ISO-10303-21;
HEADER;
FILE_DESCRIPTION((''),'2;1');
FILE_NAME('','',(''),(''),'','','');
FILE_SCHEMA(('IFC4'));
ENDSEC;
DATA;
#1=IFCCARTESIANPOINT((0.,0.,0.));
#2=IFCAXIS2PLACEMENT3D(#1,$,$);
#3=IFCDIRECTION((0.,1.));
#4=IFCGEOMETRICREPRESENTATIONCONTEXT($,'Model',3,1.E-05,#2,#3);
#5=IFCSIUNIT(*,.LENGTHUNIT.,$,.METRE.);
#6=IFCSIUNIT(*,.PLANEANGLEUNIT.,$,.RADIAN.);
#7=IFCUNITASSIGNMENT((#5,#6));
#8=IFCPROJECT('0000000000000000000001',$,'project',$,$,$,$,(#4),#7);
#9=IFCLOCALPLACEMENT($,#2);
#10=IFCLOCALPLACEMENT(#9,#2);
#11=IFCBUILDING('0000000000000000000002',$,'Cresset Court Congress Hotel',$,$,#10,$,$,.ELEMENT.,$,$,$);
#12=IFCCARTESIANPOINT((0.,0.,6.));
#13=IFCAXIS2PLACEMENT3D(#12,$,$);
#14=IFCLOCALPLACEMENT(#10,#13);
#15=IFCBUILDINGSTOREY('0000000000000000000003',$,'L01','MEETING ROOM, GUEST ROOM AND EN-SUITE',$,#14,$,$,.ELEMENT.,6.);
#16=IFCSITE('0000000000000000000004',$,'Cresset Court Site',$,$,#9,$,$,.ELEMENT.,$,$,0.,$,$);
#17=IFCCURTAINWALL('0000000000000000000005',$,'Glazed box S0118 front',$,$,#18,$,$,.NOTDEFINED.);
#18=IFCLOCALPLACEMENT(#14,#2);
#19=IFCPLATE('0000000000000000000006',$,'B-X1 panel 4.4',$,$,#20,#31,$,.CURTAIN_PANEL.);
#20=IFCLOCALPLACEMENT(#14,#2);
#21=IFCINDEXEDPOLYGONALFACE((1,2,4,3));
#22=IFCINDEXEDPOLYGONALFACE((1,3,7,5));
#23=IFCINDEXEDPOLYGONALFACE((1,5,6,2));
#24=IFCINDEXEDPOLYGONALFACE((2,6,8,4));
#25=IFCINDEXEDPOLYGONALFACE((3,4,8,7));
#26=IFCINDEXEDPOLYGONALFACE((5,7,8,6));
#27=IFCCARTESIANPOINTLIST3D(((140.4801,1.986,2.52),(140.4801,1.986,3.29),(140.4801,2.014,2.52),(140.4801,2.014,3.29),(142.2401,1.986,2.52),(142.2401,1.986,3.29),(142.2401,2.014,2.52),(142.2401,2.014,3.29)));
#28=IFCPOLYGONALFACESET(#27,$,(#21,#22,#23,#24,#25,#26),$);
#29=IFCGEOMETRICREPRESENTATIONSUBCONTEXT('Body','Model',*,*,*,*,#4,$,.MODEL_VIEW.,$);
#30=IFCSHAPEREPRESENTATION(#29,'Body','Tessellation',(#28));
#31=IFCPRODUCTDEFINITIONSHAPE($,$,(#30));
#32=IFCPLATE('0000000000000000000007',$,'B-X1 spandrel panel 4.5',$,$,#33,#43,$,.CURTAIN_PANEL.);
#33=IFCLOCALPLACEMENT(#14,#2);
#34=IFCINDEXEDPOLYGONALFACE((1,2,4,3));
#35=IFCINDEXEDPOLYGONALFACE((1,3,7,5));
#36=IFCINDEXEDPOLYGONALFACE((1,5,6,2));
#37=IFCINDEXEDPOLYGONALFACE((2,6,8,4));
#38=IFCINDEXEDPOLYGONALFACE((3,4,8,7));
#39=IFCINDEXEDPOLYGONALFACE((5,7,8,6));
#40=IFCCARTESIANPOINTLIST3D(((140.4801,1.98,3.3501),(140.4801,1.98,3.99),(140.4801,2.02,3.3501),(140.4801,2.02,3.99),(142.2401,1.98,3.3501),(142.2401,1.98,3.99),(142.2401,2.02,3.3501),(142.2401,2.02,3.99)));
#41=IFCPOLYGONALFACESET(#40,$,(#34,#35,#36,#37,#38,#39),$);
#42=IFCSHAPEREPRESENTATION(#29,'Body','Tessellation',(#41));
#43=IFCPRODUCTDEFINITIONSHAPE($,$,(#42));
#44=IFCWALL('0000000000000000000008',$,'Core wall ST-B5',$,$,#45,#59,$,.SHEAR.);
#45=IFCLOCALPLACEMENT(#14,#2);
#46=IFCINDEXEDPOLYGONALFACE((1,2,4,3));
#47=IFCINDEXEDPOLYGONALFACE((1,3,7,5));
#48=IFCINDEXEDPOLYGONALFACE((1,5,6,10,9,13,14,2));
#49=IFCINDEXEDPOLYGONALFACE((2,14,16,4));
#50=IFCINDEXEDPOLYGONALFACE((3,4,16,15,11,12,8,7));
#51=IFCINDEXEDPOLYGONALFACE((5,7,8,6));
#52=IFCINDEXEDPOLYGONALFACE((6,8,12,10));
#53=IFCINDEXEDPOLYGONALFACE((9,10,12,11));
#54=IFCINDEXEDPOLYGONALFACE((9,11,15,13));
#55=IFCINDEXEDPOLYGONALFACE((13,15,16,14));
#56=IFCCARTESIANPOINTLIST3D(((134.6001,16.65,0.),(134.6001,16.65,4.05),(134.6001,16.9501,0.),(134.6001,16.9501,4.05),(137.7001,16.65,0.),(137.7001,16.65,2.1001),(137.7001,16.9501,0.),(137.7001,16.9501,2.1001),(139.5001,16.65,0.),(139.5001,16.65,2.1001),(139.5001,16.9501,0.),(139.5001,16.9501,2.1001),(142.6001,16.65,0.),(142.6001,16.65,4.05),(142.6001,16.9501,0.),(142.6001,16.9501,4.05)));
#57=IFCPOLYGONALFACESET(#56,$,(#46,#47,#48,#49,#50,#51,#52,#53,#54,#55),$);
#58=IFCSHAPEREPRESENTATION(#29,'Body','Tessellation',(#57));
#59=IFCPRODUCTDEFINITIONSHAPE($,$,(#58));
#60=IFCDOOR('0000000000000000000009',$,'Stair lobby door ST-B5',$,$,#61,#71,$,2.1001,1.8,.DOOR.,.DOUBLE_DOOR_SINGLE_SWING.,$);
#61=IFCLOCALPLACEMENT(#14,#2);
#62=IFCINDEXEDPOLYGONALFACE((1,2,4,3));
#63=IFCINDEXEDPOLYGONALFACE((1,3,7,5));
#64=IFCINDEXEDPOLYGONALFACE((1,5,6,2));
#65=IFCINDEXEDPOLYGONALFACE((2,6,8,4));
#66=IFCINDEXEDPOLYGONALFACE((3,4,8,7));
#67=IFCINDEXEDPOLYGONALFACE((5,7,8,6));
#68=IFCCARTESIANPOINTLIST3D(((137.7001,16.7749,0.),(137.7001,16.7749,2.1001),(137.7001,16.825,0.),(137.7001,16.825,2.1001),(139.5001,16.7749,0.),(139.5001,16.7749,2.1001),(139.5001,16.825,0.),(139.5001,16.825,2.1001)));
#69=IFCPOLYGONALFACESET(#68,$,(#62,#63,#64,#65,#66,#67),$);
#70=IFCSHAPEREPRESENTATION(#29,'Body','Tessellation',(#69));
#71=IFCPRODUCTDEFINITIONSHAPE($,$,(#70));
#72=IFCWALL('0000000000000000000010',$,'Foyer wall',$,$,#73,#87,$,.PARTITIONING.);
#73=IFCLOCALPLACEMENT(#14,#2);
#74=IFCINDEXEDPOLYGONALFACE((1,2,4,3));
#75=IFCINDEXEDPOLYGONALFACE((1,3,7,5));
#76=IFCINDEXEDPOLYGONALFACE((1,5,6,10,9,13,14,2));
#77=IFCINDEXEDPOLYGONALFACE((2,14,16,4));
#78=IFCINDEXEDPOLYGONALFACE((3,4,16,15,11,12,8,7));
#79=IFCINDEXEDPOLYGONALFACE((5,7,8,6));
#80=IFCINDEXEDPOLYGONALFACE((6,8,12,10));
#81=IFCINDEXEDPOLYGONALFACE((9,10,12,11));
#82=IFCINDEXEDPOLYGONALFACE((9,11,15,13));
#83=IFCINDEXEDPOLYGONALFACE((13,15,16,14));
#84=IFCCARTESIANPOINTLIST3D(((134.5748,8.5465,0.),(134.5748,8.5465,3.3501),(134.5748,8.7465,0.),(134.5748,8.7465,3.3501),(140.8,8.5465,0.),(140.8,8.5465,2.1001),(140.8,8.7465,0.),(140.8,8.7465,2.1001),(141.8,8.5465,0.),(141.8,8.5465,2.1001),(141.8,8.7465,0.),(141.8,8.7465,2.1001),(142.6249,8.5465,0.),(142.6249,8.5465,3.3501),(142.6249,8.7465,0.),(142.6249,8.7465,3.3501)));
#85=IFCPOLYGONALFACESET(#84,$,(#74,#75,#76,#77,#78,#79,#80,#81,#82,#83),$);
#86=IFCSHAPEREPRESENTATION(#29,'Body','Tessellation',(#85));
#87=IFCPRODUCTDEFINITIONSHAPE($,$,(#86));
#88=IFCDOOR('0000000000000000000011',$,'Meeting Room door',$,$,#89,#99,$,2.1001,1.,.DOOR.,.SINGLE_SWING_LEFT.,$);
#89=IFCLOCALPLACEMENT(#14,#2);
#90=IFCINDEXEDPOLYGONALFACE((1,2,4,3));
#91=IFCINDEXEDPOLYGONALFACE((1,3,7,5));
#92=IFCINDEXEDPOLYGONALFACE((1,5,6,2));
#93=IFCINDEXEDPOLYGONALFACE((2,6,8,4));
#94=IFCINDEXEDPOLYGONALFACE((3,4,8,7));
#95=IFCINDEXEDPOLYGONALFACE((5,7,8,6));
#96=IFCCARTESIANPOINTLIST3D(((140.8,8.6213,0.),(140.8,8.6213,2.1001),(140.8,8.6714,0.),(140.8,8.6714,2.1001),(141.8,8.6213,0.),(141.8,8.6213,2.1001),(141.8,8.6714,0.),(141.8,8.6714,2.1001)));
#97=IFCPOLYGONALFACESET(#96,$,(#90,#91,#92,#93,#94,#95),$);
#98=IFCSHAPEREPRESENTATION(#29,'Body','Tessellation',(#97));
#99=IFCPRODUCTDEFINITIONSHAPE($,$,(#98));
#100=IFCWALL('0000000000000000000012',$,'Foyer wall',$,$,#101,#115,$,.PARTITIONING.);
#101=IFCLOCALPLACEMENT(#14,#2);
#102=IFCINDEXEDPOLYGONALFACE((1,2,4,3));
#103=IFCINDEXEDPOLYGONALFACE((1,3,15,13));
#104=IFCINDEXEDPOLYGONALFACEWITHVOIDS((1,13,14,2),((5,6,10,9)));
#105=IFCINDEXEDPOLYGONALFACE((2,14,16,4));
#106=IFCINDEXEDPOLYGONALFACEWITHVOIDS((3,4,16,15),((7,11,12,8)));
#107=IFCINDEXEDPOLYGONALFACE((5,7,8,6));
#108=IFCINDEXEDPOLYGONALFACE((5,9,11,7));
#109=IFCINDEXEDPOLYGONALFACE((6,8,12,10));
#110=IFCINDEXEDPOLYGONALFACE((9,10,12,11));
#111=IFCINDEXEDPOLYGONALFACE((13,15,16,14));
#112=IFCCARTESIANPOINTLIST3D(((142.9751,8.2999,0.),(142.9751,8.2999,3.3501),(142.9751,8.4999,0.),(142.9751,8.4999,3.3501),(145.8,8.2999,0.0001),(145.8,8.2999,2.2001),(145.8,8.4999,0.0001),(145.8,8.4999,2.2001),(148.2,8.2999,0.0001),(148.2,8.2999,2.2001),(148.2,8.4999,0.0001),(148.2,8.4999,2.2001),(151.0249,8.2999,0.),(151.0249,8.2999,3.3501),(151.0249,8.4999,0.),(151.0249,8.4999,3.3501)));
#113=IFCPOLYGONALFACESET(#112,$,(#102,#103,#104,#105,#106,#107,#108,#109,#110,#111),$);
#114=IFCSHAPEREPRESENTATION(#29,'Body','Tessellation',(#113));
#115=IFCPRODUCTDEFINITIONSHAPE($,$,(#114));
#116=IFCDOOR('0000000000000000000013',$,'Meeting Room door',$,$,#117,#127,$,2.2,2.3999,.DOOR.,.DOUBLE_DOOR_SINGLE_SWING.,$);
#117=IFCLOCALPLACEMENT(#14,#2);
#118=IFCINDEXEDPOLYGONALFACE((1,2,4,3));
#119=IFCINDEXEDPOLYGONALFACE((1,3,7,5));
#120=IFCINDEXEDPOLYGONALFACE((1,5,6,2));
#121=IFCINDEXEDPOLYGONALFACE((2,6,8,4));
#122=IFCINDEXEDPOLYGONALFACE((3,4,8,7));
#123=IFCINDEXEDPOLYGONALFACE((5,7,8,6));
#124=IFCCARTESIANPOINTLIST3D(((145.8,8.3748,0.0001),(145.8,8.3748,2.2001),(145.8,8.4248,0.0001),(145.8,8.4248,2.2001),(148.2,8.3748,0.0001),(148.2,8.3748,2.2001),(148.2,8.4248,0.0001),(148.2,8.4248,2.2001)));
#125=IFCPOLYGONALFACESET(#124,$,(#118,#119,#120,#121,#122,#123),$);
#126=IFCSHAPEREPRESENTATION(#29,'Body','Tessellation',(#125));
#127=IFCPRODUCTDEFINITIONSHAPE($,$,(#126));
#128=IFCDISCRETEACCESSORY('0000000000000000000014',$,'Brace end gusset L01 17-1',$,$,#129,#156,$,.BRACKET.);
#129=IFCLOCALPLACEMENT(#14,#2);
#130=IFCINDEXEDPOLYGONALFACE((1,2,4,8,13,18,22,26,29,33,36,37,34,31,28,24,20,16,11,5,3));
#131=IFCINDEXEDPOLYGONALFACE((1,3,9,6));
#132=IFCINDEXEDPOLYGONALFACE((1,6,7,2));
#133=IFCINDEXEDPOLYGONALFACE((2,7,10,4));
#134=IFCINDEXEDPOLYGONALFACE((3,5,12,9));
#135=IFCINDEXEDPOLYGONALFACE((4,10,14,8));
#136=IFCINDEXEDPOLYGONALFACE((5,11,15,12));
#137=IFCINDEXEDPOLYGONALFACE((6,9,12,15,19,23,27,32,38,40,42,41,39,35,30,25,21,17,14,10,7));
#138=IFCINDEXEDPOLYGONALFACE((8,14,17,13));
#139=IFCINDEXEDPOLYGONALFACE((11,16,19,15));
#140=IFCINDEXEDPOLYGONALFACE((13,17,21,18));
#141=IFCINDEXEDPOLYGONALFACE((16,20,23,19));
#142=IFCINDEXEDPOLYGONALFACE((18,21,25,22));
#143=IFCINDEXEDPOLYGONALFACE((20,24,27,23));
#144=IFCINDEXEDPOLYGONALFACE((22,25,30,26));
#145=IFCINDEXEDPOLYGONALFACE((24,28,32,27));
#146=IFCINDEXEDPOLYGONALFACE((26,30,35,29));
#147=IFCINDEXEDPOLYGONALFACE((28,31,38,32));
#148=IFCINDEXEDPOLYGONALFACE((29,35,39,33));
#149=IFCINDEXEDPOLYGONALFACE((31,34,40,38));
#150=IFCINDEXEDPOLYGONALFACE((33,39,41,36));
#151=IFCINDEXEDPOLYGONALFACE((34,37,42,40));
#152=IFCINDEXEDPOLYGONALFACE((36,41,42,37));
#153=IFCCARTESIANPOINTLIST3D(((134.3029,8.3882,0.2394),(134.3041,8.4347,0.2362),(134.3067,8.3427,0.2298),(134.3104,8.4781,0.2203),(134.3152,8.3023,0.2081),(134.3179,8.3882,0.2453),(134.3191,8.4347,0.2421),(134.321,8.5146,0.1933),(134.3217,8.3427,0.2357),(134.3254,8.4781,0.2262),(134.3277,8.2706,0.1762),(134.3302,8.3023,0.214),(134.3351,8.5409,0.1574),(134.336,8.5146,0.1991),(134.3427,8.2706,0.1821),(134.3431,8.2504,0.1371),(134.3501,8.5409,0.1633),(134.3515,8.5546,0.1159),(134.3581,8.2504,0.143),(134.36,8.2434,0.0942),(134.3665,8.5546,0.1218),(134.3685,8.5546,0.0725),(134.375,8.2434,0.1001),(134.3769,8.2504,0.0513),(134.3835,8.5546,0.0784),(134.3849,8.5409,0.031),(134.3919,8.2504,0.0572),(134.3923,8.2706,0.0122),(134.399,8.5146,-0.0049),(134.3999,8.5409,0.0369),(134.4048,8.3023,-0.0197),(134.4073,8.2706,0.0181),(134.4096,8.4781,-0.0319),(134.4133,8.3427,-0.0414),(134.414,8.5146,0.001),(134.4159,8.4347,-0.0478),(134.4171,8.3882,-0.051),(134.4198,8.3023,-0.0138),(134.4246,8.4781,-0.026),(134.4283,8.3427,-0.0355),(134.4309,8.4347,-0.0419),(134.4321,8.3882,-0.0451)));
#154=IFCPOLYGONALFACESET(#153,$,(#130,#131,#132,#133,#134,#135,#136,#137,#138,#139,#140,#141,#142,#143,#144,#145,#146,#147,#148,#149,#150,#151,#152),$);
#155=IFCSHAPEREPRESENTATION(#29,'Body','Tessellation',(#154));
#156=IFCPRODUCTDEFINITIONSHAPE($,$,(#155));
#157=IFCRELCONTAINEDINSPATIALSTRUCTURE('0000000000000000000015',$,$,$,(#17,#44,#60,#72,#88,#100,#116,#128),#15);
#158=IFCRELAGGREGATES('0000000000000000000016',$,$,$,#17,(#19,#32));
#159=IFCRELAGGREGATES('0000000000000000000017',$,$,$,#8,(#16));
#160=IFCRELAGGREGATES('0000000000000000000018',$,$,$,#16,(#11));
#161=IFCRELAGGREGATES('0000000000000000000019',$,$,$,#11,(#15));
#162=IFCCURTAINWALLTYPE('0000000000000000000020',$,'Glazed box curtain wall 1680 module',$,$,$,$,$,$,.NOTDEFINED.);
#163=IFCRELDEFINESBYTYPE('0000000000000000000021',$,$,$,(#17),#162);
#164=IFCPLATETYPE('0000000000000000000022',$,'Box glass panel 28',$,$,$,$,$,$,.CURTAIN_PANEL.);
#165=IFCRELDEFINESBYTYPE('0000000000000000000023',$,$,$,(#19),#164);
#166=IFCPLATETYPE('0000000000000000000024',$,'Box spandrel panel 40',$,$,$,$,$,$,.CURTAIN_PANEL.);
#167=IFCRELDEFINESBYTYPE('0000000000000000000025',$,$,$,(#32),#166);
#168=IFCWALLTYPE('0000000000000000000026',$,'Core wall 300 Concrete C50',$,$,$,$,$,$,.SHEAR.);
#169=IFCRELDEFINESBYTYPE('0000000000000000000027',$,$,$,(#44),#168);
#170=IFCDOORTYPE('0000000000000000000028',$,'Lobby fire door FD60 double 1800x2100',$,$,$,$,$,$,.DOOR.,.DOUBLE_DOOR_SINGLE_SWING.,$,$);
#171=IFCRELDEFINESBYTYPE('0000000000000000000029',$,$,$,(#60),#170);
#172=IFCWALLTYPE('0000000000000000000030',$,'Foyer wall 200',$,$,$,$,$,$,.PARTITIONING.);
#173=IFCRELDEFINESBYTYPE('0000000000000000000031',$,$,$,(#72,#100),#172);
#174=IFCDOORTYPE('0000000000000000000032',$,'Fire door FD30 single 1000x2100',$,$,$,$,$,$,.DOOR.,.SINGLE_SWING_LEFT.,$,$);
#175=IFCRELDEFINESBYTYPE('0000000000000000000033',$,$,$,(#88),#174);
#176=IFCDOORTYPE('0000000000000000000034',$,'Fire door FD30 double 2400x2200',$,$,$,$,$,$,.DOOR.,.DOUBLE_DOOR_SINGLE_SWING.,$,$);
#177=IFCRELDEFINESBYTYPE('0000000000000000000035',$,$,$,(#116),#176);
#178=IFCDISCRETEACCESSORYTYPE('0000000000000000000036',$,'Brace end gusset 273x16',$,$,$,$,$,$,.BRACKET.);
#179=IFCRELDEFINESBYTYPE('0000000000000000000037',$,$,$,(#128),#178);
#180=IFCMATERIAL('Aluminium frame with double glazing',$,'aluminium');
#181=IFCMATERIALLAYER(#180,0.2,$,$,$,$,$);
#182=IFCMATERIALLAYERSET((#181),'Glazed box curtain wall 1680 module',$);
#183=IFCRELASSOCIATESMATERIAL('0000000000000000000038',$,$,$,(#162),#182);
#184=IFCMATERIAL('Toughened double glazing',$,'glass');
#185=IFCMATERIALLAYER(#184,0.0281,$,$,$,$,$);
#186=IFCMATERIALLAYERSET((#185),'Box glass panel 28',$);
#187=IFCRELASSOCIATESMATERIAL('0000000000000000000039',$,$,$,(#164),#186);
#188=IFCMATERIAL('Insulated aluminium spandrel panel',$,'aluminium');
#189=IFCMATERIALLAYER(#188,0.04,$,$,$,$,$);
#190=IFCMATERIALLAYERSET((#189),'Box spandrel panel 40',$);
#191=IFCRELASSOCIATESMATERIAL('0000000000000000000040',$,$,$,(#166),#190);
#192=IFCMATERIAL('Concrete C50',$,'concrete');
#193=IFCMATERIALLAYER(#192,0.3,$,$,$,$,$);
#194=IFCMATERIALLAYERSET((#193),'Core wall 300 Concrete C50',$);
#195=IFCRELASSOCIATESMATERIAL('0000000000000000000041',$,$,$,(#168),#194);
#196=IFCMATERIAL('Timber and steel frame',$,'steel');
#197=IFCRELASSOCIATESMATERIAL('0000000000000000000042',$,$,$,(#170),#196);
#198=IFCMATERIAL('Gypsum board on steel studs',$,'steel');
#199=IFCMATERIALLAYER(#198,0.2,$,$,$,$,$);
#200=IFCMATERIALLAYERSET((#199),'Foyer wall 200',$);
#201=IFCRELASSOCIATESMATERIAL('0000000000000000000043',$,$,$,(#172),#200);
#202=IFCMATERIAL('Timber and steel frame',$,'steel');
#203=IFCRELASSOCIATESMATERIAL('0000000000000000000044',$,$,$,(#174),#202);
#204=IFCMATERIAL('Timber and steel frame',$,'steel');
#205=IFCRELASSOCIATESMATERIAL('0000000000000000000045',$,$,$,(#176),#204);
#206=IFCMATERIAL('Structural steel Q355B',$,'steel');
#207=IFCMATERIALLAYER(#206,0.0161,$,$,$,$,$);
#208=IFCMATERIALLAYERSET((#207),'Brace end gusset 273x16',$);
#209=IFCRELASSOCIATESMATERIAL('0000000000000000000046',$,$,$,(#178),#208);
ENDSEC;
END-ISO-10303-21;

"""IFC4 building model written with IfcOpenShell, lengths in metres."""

from ifc_helpers import new_model, si_unit, direction, frame, frame_2d, origin, origin_2d, place, context, subcontext, project, spatial, rectangle, circle, extrude, material, layer, layer_set, type_object, element, fill, aggregate, save


model = new_model("IFC4")

# Units and contexts
model_context = context("Model", 3, precision=1e-05, world=origin(), true_north=direction((0.0, 1.0)))
body_context = subcontext(model_context, "Body", "Model", "MODEL_VIEW")
ifc_project = project(units=[si_unit("LENGTHUNIT", "METRE"), si_unit("PLANEANGLEUNIT", "RADIAN")], contexts=[model_context])

# Site, building, storey
site_placement = place(None, origin())
site = spatial("IfcSite", under=ifc_project, at=site_placement, Name="Cresset Court Site", CompositionType="ELEMENT", RefElevation=0.0)
building_placement = place(site_placement, origin())
building = spatial("IfcBuilding", under=site, at=building_placement, Name="Cresset Court Congress Hotel", CompositionType="ELEMENT")
storey_placement = place(building_placement, frame((0.0, 0.0, 6.0)))
storey = spatial("IfcBuildingStorey", under=building, at=storey_placement, Name="L01", Description="MEETING ROOM, GUEST ROOM AND EN-SUITE", CompositionType="ELEMENT", Elevation=6.0)

# Curtain wall
ifc_material_1 = material(Name="Aluminium frame with double glazing", Category="aluminium")
ifc_layer_1 = layer(ifc_material_1, 0.2)
ifc_layer_set_1 = layer_set([ifc_layer_1], Name="Glazed box curtain wall 1680 module")
curtain_wall_type = type_object("IfcCurtainWallType", Name="Glazed box curtain wall 1680 module", PredefinedType="NOTDEFINED", material=ifc_layer_set_1)
curtain_wall_placement = place(storey_placement, origin())
curtain_wall = element("IfcCurtainWall", 1, at=curtain_wall_placement, inside=storey, type_object=curtain_wall_type, Name="Glazed box S0118 front", PredefinedType="NOTDEFINED")

# Plates
ifc_material_2 = material(Name="Toughened double glazing", Category="glass")
ifc_layer_2 = layer(ifc_material_2, 0.0281)
ifc_layer_set_2 = layer_set([ifc_layer_2], Name="Box glass panel 28")
plate_type_1 = type_object("IfcPlateType", Name="Box glass panel 28", PredefinedType="CURTAIN_PANEL", material=ifc_layer_set_2)
plate_1_placement = place(storey_placement, frame((141.3601, 2.0, 2.52), z_axis=(0.0, 0.0, 1.0), x_axis=(1.0, 0.0, 0.0)))
plate_1 = element("IfcPlate", 2, at=plate_1_placement, type_object=plate_type_1, Name="B-X1 panel 4.4", PredefinedType="CURTAIN_PANEL", context=body_context, shape_type="SweptSolid", body=[
    extrude(rectangle(XDim=1.76, YDim=0.0281, at=origin_2d()), origin(), (0.0, 0.0, 1.0), 0.77),
])
ifc_material_3 = material(Name="Insulated aluminium spandrel panel", Category="aluminium")
ifc_layer_3 = layer(ifc_material_3, 0.04)
ifc_layer_set_3 = layer_set([ifc_layer_3], Name="Box spandrel panel 40")
plate_type_2 = type_object("IfcPlateType", Name="Box spandrel panel 40", PredefinedType="CURTAIN_PANEL", material=ifc_layer_set_3)
plate_2_placement = place(storey_placement, frame((141.3601, 2.0, 3.3501), z_axis=(0.0, 0.0, 1.0), x_axis=(1.0, 0.0, 0.0)))
plate_2 = element("IfcPlate", 3, at=plate_2_placement, type_object=plate_type_2, Name="B-X1 spandrel panel 4.5", PredefinedType="CURTAIN_PANEL", context=body_context, shape_type="SweptSolid", body=[
    extrude(rectangle(XDim=1.76, YDim=0.04, at=origin_2d()), origin(), (0.0, 0.0, 1.0), 0.6399),
])
aggregate(curtain_wall, [plate_1, plate_2])

# Walls, openings, doors
ifc_material_4 = material(Name="Concrete C50", Category="concrete")
ifc_layer_4 = layer(ifc_material_4, 0.3)
ifc_layer_set_4 = layer_set([ifc_layer_4], Name="Core wall 300 Concrete C50")
wall_type_1 = type_object("IfcWallType", Name="Core wall 300 Concrete C50", PredefinedType="SHEAR", material=ifc_layer_set_4)
wall_1_placement = place(storey_placement, frame((134.6001, 16.8, 0.0), z_axis=(0.0, 0.0, 1.0), x_axis=(1.0, 0.0, 0.0)))
wall_1 = element("IfcWall", 4, at=wall_1_placement, inside=storey, type_object=wall_type_1, Name="Core wall ST-B5", PredefinedType="SHEAR", context=body_context, shape_type="SweptSolid", body=[
    extrude(rectangle(XDim=8.0, YDim=0.3, at=frame_2d((4.0, 0.0))), origin(), (0.0, 0.0, 1.0), 4.05),
])
opening_1_placement = place(wall_1_placement, frame((3.1001, 0.0, 0.0)))
opening_1 = element("IfcOpeningElement", 5, at=opening_1_placement, cuts=wall_1, PredefinedType="OPENING", context=body_context, shape_type="SweptSolid", body=[
    extrude(rectangle(XDim=1.8, YDim=2.1001, at=frame_2d((0.8999, 1.05))), frame((0.0, 0.1599, 0.0), z_axis=(0.0, -1.0, 0.0), x_axis=(1.0, 0.0, 0.0)), (0.0, 0.0, 1.0), 0.3201),
])
ifc_material_5 = material(Name="Timber and steel frame", Category="steel")
door_type_1 = type_object("IfcDoorType", Name="Lobby fire door FD60 double 1800x2100", OperationType="DOUBLE_DOOR_SINGLE_SWING", PredefinedType="DOOR", material=ifc_material_5)
door_1_placement = place(opening_1_placement, origin())
door_1 = element("IfcDoor", 6, at=door_1_placement, inside=storey, type_object=door_type_1, Name="Stair lobby door ST-B5", OperationType="DOUBLE_DOOR_SINGLE_SWING", OverallHeight=2.1001, OverallWidth=1.8, PredefinedType="DOOR", context=body_context, shape_type="SweptSolid", body=[
    extrude(rectangle(XDim=1.8, YDim=2.1001, at=frame_2d((0.8999, 1.05))), frame((0.0, 0.0249, 0.0), z_axis=(0.0, -1.0, 0.0), x_axis=(1.0, 0.0, 0.0)), (0.0, 0.0, 1.0), 0.05),
])
fill(opening_1, door_1)
ifc_material_6 = material(Name="Gypsum board on steel studs", Category="steel")
ifc_layer_5 = layer(ifc_material_6, 0.2)
ifc_layer_set_5 = layer_set([ifc_layer_5], Name="Foyer wall 200")
wall_type_2 = type_object("IfcWallType", Name="Foyer wall 200", PredefinedType="PARTITIONING", material=ifc_layer_set_5)
wall_2_placement = place(storey_placement, frame((134.575, 8.6465, 0.0), z_axis=(0.0, 0.0, 1.0), x_axis=(1.0, 0.0, 0.0)))
wall_2 = element("IfcWall", 7, at=wall_2_placement, inside=storey, type_object=wall_type_2, Name="Foyer wall", PredefinedType="PARTITIONING", context=body_context, shape_type="SweptSolid", body=[
    extrude(rectangle(XDim=8.05, YDim=0.2, at=frame_2d((4.0249, 0.0))), origin(), (0.0, 0.0, 1.0), 3.3501),
])
opening_2_placement = place(wall_2_placement, frame((6.2251, 0.0, 0.0)))
opening_2 = element("IfcOpeningElement", 8, at=opening_2_placement, cuts=wall_2, PredefinedType="OPENING", context=body_context, shape_type="SweptSolid", body=[
    extrude(rectangle(XDim=1.0, YDim=2.1001, at=frame_2d((0.5, 1.05))), frame((0.0, 0.1099, 0.0), z_axis=(0.0, -1.0, 0.0), x_axis=(1.0, 0.0, 0.0)), (0.0, 0.0, 1.0), 0.22),
])
ifc_material_7 = material(Name="Timber and steel frame", Category="steel")
door_type_2 = type_object("IfcDoorType", Name="Fire door FD30 single 1000x2100", OperationType="SINGLE_SWING_LEFT", PredefinedType="DOOR", material=ifc_material_7)
door_2_placement = place(opening_2_placement, origin())
door_2 = element("IfcDoor", 9, at=door_2_placement, inside=storey, type_object=door_type_2, Name="Meeting Room door", OperationType="SINGLE_SWING_LEFT", OverallHeight=2.1001, OverallWidth=1.0, PredefinedType="DOOR", context=body_context, shape_type="SweptSolid", body=[
    extrude(rectangle(XDim=1.0, YDim=2.1001, at=frame_2d((0.5, 1.05))), frame((0.0, 0.0249, 0.0), z_axis=(0.0, -1.0, 0.0), x_axis=(1.0, 0.0, 0.0)), (0.0, 0.0, 1.0), 0.05),
])
fill(opening_2, door_2)
wall_3_placement = place(storey_placement, frame((142.9751, 8.3999, 0.0), z_axis=(0.0, 0.0, 1.0), x_axis=(1.0, 0.0, 0.0)))
wall_3 = element("IfcWall", 10, at=wall_3_placement, inside=storey, type_object=wall_type_2, Name="Foyer wall", PredefinedType="PARTITIONING", context=body_context, shape_type="SweptSolid", body=[
    extrude(rectangle(XDim=8.0498, YDim=0.2, at=frame_2d((4.0249, 0.0))), origin(), (0.0, 0.0, 1.0), 3.3501),
])
opening_3_placement = place(wall_3_placement, frame((2.825, 0.0, 0.0)))
opening_3 = element("IfcOpeningElement", 11, at=opening_3_placement, cuts=wall_3, PredefinedType="OPENING", context=body_context, shape_type="SweptSolid", body=[
    extrude(rectangle(XDim=2.3999, YDim=2.2, at=frame_2d((1.2, 1.1001))), frame((0.0, 0.1099, 0.0), z_axis=(0.0, -1.0, 0.0), x_axis=(1.0, 0.0, 0.0)), (0.0, 0.0, 1.0), 0.22),
])
ifc_material_8 = material(Name="Timber and steel frame", Category="steel")
door_type_3 = type_object("IfcDoorType", Name="Fire door FD30 double 2400x2200", OperationType="DOUBLE_DOOR_SINGLE_SWING", PredefinedType="DOOR", material=ifc_material_8)
door_3_placement = place(opening_3_placement, origin())
door_3 = element("IfcDoor", 12, at=door_3_placement, inside=storey, type_object=door_type_3, Name="Meeting Room door", OperationType="DOUBLE_DOOR_SINGLE_SWING", OverallHeight=2.2, OverallWidth=2.3999, PredefinedType="DOOR", context=body_context, shape_type="SweptSolid", body=[
    extrude(rectangle(XDim=2.3999, YDim=2.2, at=frame_2d((1.2, 1.1001))), frame((0.0, 0.0249, 0.0), z_axis=(0.0, -1.0, 0.0), x_axis=(1.0, 0.0, 0.0)), (0.0, 0.0, 1.0), 0.05),
])
fill(opening_3, door_3)

# Discrete accessory
ifc_material_9 = material(Name="Structural steel Q355B", Category="steel")
ifc_layer_6 = layer(ifc_material_9, 0.0161)
ifc_layer_set_6 = layer_set([ifc_layer_6], Name="Brace end gusset 273x16")
discrete_accessory_type = type_object("IfcDiscreteAccessoryType", Name="Brace end gusset 273x16", PredefinedType="BRACKET", material=ifc_layer_set_6)
discrete_accessory_1_placement = place(storey_placement, frame((134.375, 8.3999, 0.1001), z_axis=(-0.930566, 0.0, -0.366124), x_axis=(0.0, -1.0, 0.0)))
element("IfcDiscreteAccessory", 13, at=discrete_accessory_1_placement, inside=storey, type_object=discrete_accessory_type, Name="Brace end gusset L01 17-1", PredefinedType="BRACKET", context=body_context, shape_type="SweptSolid", body=[
    extrude(circle(Radius=0.1565, at=origin_2d()), origin(), (0.0, 0.0, 1.0), 0.0161),
])

save(model, "model.ifc")
